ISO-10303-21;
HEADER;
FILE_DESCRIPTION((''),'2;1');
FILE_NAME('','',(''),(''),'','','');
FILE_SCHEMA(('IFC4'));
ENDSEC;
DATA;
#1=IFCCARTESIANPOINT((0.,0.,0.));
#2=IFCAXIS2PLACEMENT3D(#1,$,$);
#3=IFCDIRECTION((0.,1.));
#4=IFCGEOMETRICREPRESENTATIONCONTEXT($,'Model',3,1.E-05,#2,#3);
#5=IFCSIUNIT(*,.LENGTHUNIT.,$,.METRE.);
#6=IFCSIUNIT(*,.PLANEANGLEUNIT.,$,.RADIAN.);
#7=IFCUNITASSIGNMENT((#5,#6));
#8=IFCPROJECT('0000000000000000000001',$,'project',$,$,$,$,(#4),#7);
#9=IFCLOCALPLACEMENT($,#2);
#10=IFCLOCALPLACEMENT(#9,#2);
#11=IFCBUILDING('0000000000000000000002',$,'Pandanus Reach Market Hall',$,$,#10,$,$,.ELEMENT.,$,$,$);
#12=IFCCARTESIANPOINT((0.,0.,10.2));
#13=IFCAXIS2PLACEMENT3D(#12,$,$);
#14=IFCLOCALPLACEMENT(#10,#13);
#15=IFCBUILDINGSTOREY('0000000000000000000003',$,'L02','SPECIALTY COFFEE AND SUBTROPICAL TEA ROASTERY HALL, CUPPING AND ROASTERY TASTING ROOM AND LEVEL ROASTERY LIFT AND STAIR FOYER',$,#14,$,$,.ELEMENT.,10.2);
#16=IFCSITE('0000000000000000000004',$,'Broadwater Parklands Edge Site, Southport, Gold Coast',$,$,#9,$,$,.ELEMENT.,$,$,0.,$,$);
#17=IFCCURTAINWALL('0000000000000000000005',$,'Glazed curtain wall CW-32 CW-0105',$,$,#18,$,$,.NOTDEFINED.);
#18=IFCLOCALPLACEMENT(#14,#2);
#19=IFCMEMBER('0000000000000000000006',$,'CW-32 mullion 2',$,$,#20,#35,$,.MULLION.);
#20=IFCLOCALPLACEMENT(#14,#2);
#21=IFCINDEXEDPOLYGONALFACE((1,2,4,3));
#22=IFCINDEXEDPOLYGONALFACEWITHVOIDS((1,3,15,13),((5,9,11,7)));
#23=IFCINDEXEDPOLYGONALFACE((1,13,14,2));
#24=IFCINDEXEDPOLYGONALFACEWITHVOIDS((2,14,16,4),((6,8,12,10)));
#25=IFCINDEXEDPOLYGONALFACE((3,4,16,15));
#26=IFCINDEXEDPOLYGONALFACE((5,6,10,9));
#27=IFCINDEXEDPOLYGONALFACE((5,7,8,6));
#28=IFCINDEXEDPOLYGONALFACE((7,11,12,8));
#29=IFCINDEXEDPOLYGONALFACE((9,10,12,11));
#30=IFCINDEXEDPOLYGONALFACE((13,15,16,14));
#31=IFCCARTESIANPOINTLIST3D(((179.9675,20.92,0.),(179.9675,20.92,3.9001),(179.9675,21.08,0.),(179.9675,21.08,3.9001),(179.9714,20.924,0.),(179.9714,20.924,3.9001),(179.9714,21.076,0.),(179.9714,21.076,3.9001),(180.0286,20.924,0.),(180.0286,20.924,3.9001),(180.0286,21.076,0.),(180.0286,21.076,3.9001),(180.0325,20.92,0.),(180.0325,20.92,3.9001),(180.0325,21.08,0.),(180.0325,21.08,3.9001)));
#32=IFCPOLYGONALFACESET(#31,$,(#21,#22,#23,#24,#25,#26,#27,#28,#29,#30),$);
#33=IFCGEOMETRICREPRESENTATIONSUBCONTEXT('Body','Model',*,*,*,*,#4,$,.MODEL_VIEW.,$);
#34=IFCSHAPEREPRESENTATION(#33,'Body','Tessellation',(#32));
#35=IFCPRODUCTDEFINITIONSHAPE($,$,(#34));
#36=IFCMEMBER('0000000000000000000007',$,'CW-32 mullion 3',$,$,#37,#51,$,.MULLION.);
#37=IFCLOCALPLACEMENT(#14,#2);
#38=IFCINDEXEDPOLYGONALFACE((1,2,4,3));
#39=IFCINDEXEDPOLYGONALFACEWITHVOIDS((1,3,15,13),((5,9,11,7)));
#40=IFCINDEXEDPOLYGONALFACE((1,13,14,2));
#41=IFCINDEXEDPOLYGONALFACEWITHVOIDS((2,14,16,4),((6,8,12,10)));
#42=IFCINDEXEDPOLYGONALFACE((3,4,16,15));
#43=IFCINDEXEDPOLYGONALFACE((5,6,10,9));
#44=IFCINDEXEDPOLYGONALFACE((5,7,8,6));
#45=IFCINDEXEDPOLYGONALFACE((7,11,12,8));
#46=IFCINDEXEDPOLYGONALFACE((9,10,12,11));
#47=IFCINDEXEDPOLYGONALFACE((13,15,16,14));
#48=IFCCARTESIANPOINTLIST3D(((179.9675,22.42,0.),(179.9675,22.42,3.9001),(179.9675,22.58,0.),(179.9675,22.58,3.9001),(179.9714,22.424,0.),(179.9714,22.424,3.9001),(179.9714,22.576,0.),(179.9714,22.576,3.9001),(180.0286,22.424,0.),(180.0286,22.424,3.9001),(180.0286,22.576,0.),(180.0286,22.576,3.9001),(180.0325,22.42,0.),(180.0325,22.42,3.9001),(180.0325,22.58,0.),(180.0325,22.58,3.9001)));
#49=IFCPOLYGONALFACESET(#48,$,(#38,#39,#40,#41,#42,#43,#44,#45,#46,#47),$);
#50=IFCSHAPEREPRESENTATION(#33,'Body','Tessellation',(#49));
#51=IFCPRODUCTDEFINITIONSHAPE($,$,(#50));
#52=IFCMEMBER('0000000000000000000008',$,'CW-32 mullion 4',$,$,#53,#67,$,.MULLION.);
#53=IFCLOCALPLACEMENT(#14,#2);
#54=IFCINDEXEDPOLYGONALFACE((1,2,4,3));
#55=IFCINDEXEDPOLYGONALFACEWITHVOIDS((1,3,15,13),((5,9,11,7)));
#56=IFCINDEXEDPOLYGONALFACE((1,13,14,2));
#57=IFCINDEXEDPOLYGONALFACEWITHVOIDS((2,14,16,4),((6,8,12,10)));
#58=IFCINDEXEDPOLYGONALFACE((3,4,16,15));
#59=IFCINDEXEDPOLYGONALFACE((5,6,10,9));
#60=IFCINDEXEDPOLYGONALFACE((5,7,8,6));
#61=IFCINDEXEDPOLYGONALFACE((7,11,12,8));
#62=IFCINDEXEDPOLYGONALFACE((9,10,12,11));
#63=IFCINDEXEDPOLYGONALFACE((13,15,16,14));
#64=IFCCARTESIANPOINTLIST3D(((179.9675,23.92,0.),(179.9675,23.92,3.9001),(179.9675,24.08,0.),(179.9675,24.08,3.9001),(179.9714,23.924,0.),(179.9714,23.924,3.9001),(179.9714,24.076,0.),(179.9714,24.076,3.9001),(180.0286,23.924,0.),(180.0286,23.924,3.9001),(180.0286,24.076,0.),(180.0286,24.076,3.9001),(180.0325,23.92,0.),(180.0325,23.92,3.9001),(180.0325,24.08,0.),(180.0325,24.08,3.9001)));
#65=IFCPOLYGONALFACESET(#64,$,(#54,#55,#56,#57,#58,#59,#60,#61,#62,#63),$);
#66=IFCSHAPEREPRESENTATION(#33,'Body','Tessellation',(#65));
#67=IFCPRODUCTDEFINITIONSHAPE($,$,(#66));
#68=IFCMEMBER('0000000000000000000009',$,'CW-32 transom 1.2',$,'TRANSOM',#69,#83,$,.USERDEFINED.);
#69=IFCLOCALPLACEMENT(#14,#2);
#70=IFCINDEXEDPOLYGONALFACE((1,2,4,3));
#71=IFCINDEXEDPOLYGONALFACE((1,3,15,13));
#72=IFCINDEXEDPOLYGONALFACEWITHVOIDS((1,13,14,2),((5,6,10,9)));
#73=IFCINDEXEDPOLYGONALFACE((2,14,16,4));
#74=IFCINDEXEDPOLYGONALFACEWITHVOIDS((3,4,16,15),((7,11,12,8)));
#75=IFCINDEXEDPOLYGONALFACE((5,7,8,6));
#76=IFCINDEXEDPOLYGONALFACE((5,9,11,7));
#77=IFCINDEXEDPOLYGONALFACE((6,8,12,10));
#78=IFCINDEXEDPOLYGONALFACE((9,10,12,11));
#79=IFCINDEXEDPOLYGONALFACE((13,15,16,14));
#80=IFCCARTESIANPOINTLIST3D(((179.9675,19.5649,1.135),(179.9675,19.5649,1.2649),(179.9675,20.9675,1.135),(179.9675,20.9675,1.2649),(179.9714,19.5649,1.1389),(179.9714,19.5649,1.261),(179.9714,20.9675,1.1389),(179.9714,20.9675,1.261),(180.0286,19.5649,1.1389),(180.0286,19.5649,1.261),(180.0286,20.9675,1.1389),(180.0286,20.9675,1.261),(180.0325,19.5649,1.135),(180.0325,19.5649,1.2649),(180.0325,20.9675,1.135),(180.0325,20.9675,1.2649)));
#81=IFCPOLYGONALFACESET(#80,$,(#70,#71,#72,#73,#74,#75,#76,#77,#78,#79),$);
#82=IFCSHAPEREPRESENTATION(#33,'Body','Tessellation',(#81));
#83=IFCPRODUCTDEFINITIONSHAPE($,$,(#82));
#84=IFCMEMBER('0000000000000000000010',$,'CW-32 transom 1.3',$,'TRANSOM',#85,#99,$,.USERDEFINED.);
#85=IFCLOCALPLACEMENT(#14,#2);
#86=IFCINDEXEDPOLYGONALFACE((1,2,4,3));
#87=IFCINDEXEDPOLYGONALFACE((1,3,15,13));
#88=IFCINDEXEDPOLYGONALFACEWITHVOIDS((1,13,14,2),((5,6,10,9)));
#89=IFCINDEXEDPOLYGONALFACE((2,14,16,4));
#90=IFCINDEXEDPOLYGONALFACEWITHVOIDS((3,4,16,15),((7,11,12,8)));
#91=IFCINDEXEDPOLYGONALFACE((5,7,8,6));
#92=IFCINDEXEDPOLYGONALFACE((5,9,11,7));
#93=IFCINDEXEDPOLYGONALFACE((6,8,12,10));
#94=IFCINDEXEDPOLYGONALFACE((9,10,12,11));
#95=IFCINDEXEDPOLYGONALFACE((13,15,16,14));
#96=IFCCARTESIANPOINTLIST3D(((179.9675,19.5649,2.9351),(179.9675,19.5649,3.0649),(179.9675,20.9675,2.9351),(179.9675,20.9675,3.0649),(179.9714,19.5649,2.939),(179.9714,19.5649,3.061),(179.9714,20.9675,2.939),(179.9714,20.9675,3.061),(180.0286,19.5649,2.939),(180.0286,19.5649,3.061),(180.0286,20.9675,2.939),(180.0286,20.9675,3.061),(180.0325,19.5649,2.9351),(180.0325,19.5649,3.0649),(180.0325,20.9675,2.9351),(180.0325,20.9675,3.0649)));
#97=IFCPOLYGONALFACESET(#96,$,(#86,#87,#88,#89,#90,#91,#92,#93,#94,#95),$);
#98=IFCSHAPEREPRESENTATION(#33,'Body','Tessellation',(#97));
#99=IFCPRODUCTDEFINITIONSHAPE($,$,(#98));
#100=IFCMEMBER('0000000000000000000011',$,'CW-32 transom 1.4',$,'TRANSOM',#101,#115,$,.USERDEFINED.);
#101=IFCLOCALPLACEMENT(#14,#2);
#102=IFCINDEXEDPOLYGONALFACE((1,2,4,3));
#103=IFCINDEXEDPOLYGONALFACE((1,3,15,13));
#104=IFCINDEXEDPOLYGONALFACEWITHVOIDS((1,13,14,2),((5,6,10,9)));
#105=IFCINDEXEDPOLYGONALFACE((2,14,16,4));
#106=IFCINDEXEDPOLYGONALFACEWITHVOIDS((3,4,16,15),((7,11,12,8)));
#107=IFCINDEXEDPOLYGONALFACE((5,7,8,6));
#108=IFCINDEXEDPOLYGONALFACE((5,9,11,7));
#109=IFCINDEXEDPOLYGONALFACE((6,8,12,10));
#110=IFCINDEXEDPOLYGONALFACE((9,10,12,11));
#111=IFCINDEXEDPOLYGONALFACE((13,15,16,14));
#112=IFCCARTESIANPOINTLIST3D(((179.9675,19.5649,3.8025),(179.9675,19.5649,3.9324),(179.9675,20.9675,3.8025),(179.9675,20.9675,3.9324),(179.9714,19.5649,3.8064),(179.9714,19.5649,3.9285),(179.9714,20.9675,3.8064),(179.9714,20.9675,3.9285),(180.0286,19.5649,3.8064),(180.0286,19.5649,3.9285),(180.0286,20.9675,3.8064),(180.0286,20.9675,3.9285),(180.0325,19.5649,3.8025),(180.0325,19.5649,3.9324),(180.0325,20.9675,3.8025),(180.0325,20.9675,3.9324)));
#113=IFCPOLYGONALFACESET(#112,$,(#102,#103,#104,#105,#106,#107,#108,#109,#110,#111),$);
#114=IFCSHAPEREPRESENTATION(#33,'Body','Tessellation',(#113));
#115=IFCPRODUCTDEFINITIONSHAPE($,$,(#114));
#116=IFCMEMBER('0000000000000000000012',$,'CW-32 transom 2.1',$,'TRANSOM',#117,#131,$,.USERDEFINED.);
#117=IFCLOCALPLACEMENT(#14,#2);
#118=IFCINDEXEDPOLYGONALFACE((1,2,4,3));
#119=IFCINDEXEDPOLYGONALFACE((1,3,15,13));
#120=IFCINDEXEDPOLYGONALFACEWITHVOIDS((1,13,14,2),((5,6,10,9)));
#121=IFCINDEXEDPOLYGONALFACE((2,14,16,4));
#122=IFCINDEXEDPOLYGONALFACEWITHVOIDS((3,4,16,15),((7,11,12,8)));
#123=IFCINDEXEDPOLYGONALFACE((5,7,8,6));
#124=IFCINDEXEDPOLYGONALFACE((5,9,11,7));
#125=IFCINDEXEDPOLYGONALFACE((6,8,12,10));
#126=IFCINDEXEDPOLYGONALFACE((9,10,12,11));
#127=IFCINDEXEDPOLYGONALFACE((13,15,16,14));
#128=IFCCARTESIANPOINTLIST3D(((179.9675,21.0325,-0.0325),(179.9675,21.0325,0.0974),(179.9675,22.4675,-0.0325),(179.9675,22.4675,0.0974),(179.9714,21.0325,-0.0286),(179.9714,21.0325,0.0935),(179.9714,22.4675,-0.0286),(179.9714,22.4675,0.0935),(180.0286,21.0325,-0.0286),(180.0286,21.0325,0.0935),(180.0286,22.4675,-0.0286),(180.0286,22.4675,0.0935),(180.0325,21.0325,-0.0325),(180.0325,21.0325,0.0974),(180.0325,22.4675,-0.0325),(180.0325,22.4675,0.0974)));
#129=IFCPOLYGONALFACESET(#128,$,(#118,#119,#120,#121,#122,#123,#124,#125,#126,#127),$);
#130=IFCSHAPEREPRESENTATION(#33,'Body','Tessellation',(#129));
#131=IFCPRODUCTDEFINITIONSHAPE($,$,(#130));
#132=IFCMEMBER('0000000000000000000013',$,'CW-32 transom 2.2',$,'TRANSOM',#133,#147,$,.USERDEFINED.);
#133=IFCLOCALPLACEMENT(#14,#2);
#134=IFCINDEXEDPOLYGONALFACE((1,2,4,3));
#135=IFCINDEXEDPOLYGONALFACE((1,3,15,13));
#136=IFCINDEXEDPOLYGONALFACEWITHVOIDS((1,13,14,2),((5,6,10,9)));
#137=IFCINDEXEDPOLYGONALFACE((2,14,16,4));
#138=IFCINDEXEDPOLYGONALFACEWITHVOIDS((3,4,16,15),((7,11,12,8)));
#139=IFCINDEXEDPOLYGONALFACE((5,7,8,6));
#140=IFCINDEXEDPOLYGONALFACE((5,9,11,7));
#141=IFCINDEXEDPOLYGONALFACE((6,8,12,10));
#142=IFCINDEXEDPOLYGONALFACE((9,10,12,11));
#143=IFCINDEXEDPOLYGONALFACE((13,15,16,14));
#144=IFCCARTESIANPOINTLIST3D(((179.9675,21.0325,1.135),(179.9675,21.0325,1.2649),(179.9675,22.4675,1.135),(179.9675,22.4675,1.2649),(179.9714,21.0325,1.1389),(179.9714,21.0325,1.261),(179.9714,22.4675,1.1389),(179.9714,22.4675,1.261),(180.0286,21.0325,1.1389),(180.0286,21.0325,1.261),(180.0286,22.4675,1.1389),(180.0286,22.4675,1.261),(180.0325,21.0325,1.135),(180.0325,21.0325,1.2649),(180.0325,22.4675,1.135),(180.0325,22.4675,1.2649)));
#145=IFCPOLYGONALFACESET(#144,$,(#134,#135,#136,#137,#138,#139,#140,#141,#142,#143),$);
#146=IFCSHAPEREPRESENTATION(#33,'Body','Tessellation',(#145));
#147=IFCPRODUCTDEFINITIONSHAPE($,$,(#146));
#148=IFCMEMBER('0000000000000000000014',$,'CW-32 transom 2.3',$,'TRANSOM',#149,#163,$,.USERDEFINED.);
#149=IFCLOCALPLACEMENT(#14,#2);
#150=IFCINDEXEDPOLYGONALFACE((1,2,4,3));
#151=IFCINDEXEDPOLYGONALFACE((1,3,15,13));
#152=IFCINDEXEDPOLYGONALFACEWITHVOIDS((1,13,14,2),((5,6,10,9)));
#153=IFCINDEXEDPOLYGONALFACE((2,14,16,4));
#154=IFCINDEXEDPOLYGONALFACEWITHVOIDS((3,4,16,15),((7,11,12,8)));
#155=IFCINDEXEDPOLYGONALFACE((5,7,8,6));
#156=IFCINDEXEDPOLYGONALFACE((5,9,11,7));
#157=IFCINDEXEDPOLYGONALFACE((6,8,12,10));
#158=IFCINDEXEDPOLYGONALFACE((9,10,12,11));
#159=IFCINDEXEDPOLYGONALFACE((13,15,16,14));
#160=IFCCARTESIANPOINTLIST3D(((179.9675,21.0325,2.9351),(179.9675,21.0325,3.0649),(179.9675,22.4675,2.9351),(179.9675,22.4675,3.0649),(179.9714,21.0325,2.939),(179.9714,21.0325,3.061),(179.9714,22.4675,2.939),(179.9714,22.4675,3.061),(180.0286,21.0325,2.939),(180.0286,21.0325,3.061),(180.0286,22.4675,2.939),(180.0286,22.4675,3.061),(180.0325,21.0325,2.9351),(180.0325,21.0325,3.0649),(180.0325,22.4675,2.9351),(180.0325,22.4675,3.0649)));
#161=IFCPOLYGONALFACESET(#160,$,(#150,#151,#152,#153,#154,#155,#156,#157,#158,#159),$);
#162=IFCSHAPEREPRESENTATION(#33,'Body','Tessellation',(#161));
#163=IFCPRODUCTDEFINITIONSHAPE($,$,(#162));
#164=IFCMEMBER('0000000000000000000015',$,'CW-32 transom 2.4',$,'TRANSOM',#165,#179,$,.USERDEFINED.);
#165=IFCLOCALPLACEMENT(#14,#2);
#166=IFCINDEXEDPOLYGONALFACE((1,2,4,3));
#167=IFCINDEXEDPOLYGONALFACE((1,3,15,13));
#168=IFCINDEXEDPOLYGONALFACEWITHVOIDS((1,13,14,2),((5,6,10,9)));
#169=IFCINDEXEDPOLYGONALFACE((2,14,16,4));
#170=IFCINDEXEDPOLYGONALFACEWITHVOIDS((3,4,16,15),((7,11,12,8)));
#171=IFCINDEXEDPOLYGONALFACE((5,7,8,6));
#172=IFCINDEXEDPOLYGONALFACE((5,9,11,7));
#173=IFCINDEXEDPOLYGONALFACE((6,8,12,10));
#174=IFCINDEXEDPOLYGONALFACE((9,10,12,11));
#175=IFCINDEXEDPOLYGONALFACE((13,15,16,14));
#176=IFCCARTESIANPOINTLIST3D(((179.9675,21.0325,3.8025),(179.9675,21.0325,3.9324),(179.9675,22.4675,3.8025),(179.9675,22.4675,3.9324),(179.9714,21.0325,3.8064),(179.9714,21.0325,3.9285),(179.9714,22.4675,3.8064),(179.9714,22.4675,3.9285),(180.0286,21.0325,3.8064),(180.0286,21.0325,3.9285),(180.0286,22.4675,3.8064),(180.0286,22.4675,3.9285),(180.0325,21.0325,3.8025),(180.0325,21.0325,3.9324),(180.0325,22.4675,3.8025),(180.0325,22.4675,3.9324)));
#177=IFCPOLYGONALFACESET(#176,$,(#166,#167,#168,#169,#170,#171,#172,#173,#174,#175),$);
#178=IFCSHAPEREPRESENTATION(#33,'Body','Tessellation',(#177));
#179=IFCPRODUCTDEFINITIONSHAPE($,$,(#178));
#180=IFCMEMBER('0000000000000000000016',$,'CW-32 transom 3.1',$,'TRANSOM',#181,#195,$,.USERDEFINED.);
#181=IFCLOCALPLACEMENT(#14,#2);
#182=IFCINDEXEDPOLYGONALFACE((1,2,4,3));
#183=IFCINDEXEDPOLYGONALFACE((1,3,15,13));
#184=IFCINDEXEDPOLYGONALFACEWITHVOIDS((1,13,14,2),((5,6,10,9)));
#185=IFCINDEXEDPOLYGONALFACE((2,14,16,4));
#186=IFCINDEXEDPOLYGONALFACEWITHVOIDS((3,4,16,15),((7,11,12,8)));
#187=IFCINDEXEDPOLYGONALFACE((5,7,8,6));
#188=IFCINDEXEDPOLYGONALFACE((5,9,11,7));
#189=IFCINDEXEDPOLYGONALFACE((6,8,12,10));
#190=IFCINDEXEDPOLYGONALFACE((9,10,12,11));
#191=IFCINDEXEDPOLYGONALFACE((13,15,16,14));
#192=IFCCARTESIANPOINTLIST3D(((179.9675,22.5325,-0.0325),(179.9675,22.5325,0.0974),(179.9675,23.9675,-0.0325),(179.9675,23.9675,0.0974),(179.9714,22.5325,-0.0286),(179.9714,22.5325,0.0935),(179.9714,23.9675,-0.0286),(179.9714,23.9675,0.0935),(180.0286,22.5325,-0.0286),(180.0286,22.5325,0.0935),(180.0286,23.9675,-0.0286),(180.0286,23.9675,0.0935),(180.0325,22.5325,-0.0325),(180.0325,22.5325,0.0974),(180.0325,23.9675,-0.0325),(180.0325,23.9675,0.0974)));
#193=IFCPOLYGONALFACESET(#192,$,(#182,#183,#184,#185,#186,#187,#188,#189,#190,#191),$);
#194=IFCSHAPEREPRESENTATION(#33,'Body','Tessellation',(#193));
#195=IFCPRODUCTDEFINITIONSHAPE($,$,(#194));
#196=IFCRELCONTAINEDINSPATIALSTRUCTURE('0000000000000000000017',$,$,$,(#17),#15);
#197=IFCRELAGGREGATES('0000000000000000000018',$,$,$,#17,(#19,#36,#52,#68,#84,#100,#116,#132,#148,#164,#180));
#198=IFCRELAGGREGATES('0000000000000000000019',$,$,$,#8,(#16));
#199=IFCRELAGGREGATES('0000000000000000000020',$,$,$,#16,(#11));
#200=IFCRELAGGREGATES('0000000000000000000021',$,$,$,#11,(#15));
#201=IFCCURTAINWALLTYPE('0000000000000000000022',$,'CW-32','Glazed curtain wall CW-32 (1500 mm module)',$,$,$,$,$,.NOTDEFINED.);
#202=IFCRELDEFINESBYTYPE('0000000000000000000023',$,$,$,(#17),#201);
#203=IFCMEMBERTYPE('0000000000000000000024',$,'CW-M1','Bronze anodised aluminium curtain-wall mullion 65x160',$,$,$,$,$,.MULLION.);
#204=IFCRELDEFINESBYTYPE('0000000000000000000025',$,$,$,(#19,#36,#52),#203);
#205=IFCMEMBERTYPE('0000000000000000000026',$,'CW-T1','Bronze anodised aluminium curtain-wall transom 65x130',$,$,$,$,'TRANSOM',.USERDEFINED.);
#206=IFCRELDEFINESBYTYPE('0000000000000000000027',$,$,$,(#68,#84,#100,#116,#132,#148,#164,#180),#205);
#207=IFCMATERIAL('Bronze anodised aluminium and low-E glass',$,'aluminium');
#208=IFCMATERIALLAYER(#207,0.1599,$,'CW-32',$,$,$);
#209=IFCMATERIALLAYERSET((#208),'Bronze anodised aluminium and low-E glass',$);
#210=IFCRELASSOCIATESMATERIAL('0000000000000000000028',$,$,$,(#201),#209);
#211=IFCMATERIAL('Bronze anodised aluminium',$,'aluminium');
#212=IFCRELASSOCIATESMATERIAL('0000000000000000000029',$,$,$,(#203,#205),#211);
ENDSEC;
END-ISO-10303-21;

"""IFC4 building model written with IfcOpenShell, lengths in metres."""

from ifc_helpers import new_model, si_unit, direction, frame, origin, origin_2d, place, context, subcontext, project, spatial, hollow_rectangle, extrude, material, layer, layer_set, material_profile, profile_set, type_object, element, aggregate, save


model = new_model("IFC4")

# Units and contexts
model_context = context("Model", 3, precision=1e-05, world=origin(), true_north=direction((0.0, 1.0)))
body_context = subcontext(model_context, "Body", "Model", "MODEL_VIEW")
ifc_project = project(units=[si_unit("LENGTHUNIT", "METRE"), si_unit("PLANEANGLEUNIT", "RADIAN")], contexts=[model_context])

# Site, building, storey
site_placement = place(None, origin())
site = spatial("IfcSite", under=ifc_project, at=site_placement, Name="Broadwater Parklands Edge Site, Southport, Gold Coast", CompositionType="ELEMENT", RefElevation=0.0)
building_placement = place(site_placement, origin())
building = spatial("IfcBuilding", under=site, at=building_placement, Name="Pandanus Reach Market Hall", CompositionType="ELEMENT")
storey_placement = place(building_placement, frame((0.0, 0.0, 10.2)))
storey = spatial("IfcBuildingStorey", under=building, at=storey_placement, Name="L02", Description="SPECIALTY COFFEE AND SUBTROPICAL TEA ROASTERY HALL, CUPPING AND ROASTERY TASTING ROOM AND LEVEL ROASTERY LIFT AND STAIR FOYER", CompositionType="ELEMENT", Elevation=10.2)

# Curtain wall, members
ifc_material_1 = material(Name="Bronze anodised aluminium and low-E glass", Category="aluminium")
ifc_layer_1 = layer(ifc_material_1, 0.1599, Name="CW-32")
ifc_layer_set_1 = layer_set([ifc_layer_1], Name="Bronze anodised aluminium and low-E glass")
curtain_wall_type = type_object("IfcCurtainWallType", Name="CW-32", Description="Glazed curtain wall CW-32 (1500 mm module)", PredefinedType="NOTDEFINED", material=ifc_layer_set_1)
curtain_wall_placement = place(storey_placement, origin())
curtain_wall = element("IfcCurtainWall", 1, at=curtain_wall_placement, inside=storey, type_object=curtain_wall_type, Name="Glazed curtain wall CW-32 CW-0105", PredefinedType="NOTDEFINED")
ifc_material_2 = material(Name="Bronze anodised aluminium", Category="aluminium")
ifc_material_profile_1 = material_profile(ifc_material_2, hollow_rectangle(XDim=0.0649, YDim=0.1599, WallThickness=0.0039, at=origin_2d()), Name="ALU65x160", Category="LoadBearing")
ifc_profile_set_1 = profile_set([ifc_material_profile_1], Name="Bronze anodised aluminium")
member_type_1 = type_object("IfcMemberType", Name="CW-M1", Description="Bronze anodised aluminium curtain-wall mullion 65x160", PredefinedType="MULLION", material=ifc_profile_set_1)
member_1_placement = place(storey_placement, frame((180.0, 21.0, 0.0), z_axis=(0.0, 0.0, 1.0), x_axis=(-1.0, 0.0, 0.0)))
member_1 = element("IfcMember", 2, at=member_1_placement, type_object=member_type_1, Name="CW-32 mullion 2", PredefinedType="MULLION", context=body_context, shape_type="SweptSolid", body=[
    extrude(hollow_rectangle(XDim=0.0649, YDim=0.1599, WallThickness=0.0039, at=origin_2d()), origin(), (0.0, 0.0, 1.0), 3.9001),
])
member_2_placement = place(storey_placement, frame((180.0, 22.5, 0.0), z_axis=(0.0, 0.0, 1.0), x_axis=(-1.0, 0.0, 0.0)))
member_2 = element("IfcMember", 3, at=member_2_placement, type_object=member_type_1, Name="CW-32 mullion 3", PredefinedType="MULLION", context=body_context, shape_type="SweptSolid", body=[
    extrude(hollow_rectangle(XDim=0.0649, YDim=0.1599, WallThickness=0.0039, at=origin_2d()), origin(), (0.0, 0.0, 1.0), 3.9001),
])
member_3_placement = place(storey_placement, frame((180.0, 24.0, 0.0), z_axis=(0.0, 0.0, 1.0), x_axis=(-1.0, 0.0, 0.0)))
member_3 = element("IfcMember", 4, at=member_3_placement, type_object=member_type_1, Name="CW-32 mullion 4", PredefinedType="MULLION", context=body_context, shape_type="SweptSolid", body=[
    extrude(hollow_rectangle(XDim=0.0649, YDim=0.1599, WallThickness=0.0039, at=origin_2d()), origin(), (0.0, 0.0, 1.0), 3.9001),
])
ifc_material_profile_2 = material_profile(ifc_material_2, hollow_rectangle(XDim=0.0649, YDim=0.1299, WallThickness=0.0039, at=origin_2d()), Name="ALU65x130", Category="LoadBearing")
ifc_profile_set_2 = profile_set([ifc_material_profile_2], Name="Bronze anodised aluminium")
member_type_2 = type_object("IfcMemberType", Name="CW-T1", Description="Bronze anodised aluminium curtain-wall transom 65x130", ElementType="TRANSOM", PredefinedType="USERDEFINED", material=ifc_profile_set_2)
member_4_placement = place(storey_placement, frame((180.0, 19.5649, 1.2), z_axis=(0.0, 1.0, 0.0), x_axis=(-1.0, 0.0, 0.0)))
member_4 = element("IfcMember", 5, at=member_4_placement, type_object=member_type_2, Name="CW-32 transom 1.2", ObjectType="TRANSOM", PredefinedType="USERDEFINED", context=body_context, shape_type="SweptSolid", body=[
    extrude(hollow_rectangle(XDim=0.0649, YDim=0.1299, WallThickness=0.0039, at=origin_2d()), origin(), (0.0, 0.0, 1.0), 1.4026),
])
member_5_placement = place(storey_placement, frame((180.0, 19.5649, 3.0), z_axis=(0.0, 1.0, 0.0), x_axis=(-1.0, 0.0, 0.0)))
member_5 = element("IfcMember", 6, at=member_5_placement, type_object=member_type_2, Name="CW-32 transom 1.3", ObjectType="TRANSOM", PredefinedType="USERDEFINED", context=body_context, shape_type="SweptSolid", body=[
    extrude(hollow_rectangle(XDim=0.0649, YDim=0.1299, WallThickness=0.0039, at=origin_2d()), origin(), (0.0, 0.0, 1.0), 1.4026),
])
member_6_placement = place(storey_placement, frame((180.0, 19.5649, 3.8674), z_axis=(0.0, 1.0, 0.0), x_axis=(-1.0, 0.0, 0.0)))
member_6 = element("IfcMember", 7, at=member_6_placement, type_object=member_type_2, Name="CW-32 transom 1.4", ObjectType="TRANSOM", PredefinedType="USERDEFINED", context=body_context, shape_type="SweptSolid", body=[
    extrude(hollow_rectangle(XDim=0.0649, YDim=0.1299, WallThickness=0.0039, at=origin_2d()), origin(), (0.0, 0.0, 1.0), 1.4026),
])
member_7_placement = place(storey_placement, frame((180.0, 21.0325, 0.0325), z_axis=(0.0, 1.0, 0.0), x_axis=(-1.0, 0.0, 0.0)))
member_7 = element("IfcMember", 8, at=member_7_placement, type_object=member_type_2, Name="CW-32 transom 2.1", ObjectType="TRANSOM", PredefinedType="USERDEFINED", context=body_context, shape_type="SweptSolid", body=[
    extrude(hollow_rectangle(XDim=0.0649, YDim=0.1299, WallThickness=0.0039, at=origin_2d()), origin(), (0.0, 0.0, 1.0), 1.4351),
])
member_8_placement = place(storey_placement, frame((180.0, 21.0325, 1.2), z_axis=(0.0, 1.0, 0.0), x_axis=(-1.0, 0.0, 0.0)))
member_8 = element("IfcMember", 9, at=member_8_placement, type_object=member_type_2, Name="CW-32 transom 2.2", ObjectType="TRANSOM", PredefinedType="USERDEFINED", context=body_context, shape_type="SweptSolid", body=[
    extrude(hollow_rectangle(XDim=0.0649, YDim=0.1299, WallThickness=0.0039, at=origin_2d()), origin(), (0.0, 0.0, 1.0), 1.4351),
])
member_9_placement = place(storey_placement, frame((180.0, 21.0325, 3.0), z_axis=(0.0, 1.0, 0.0), x_axis=(-1.0, 0.0, 0.0)))
member_9 = element("IfcMember", 10, at=member_9_placement, type_object=member_type_2, Name="CW-32 transom 2.3", ObjectType="TRANSOM", PredefinedType="USERDEFINED", context=body_context, shape_type="SweptSolid", body=[
    extrude(hollow_rectangle(XDim=0.0649, YDim=0.1299, WallThickness=0.0039, at=origin_2d()), origin(), (0.0, 0.0, 1.0), 1.4351),
])
member_10_placement = place(storey_placement, frame((180.0, 21.0325, 3.8674), z_axis=(0.0, 1.0, 0.0), x_axis=(-1.0, 0.0, 0.0)))
member_10 = element("IfcMember", 11, at=member_10_placement, type_object=member_type_2, Name="CW-32 transom 2.4", ObjectType="TRANSOM", PredefinedType="USERDEFINED", context=body_context, shape_type="SweptSolid", body=[
    extrude(hollow_rectangle(XDim=0.0649, YDim=0.1299, WallThickness=0.0039, at=origin_2d()), origin(), (0.0, 0.0, 1.0), 1.4351),
])
member_11_placement = place(storey_placement, frame((180.0, 22.5325, 0.0325), z_axis=(0.0, 1.0, 0.0), x_axis=(-1.0, 0.0, 0.0)))
member_11 = element("IfcMember", 12, at=member_11_placement, type_object=member_type_2, Name="CW-32 transom 3.1", ObjectType="TRANSOM", PredefinedType="USERDEFINED", context=body_context, shape_type="SweptSolid", body=[
    extrude(hollow_rectangle(XDim=0.0649, YDim=0.1299, WallThickness=0.0039, at=origin_2d()), origin(), (0.0, 0.0, 1.0), 1.4351),
])
aggregate(curtain_wall, [member_1, member_2, member_3, member_4, member_5, member_6, member_7, member_8, member_9, member_10, member_11])

save(model, "model.ifc")
